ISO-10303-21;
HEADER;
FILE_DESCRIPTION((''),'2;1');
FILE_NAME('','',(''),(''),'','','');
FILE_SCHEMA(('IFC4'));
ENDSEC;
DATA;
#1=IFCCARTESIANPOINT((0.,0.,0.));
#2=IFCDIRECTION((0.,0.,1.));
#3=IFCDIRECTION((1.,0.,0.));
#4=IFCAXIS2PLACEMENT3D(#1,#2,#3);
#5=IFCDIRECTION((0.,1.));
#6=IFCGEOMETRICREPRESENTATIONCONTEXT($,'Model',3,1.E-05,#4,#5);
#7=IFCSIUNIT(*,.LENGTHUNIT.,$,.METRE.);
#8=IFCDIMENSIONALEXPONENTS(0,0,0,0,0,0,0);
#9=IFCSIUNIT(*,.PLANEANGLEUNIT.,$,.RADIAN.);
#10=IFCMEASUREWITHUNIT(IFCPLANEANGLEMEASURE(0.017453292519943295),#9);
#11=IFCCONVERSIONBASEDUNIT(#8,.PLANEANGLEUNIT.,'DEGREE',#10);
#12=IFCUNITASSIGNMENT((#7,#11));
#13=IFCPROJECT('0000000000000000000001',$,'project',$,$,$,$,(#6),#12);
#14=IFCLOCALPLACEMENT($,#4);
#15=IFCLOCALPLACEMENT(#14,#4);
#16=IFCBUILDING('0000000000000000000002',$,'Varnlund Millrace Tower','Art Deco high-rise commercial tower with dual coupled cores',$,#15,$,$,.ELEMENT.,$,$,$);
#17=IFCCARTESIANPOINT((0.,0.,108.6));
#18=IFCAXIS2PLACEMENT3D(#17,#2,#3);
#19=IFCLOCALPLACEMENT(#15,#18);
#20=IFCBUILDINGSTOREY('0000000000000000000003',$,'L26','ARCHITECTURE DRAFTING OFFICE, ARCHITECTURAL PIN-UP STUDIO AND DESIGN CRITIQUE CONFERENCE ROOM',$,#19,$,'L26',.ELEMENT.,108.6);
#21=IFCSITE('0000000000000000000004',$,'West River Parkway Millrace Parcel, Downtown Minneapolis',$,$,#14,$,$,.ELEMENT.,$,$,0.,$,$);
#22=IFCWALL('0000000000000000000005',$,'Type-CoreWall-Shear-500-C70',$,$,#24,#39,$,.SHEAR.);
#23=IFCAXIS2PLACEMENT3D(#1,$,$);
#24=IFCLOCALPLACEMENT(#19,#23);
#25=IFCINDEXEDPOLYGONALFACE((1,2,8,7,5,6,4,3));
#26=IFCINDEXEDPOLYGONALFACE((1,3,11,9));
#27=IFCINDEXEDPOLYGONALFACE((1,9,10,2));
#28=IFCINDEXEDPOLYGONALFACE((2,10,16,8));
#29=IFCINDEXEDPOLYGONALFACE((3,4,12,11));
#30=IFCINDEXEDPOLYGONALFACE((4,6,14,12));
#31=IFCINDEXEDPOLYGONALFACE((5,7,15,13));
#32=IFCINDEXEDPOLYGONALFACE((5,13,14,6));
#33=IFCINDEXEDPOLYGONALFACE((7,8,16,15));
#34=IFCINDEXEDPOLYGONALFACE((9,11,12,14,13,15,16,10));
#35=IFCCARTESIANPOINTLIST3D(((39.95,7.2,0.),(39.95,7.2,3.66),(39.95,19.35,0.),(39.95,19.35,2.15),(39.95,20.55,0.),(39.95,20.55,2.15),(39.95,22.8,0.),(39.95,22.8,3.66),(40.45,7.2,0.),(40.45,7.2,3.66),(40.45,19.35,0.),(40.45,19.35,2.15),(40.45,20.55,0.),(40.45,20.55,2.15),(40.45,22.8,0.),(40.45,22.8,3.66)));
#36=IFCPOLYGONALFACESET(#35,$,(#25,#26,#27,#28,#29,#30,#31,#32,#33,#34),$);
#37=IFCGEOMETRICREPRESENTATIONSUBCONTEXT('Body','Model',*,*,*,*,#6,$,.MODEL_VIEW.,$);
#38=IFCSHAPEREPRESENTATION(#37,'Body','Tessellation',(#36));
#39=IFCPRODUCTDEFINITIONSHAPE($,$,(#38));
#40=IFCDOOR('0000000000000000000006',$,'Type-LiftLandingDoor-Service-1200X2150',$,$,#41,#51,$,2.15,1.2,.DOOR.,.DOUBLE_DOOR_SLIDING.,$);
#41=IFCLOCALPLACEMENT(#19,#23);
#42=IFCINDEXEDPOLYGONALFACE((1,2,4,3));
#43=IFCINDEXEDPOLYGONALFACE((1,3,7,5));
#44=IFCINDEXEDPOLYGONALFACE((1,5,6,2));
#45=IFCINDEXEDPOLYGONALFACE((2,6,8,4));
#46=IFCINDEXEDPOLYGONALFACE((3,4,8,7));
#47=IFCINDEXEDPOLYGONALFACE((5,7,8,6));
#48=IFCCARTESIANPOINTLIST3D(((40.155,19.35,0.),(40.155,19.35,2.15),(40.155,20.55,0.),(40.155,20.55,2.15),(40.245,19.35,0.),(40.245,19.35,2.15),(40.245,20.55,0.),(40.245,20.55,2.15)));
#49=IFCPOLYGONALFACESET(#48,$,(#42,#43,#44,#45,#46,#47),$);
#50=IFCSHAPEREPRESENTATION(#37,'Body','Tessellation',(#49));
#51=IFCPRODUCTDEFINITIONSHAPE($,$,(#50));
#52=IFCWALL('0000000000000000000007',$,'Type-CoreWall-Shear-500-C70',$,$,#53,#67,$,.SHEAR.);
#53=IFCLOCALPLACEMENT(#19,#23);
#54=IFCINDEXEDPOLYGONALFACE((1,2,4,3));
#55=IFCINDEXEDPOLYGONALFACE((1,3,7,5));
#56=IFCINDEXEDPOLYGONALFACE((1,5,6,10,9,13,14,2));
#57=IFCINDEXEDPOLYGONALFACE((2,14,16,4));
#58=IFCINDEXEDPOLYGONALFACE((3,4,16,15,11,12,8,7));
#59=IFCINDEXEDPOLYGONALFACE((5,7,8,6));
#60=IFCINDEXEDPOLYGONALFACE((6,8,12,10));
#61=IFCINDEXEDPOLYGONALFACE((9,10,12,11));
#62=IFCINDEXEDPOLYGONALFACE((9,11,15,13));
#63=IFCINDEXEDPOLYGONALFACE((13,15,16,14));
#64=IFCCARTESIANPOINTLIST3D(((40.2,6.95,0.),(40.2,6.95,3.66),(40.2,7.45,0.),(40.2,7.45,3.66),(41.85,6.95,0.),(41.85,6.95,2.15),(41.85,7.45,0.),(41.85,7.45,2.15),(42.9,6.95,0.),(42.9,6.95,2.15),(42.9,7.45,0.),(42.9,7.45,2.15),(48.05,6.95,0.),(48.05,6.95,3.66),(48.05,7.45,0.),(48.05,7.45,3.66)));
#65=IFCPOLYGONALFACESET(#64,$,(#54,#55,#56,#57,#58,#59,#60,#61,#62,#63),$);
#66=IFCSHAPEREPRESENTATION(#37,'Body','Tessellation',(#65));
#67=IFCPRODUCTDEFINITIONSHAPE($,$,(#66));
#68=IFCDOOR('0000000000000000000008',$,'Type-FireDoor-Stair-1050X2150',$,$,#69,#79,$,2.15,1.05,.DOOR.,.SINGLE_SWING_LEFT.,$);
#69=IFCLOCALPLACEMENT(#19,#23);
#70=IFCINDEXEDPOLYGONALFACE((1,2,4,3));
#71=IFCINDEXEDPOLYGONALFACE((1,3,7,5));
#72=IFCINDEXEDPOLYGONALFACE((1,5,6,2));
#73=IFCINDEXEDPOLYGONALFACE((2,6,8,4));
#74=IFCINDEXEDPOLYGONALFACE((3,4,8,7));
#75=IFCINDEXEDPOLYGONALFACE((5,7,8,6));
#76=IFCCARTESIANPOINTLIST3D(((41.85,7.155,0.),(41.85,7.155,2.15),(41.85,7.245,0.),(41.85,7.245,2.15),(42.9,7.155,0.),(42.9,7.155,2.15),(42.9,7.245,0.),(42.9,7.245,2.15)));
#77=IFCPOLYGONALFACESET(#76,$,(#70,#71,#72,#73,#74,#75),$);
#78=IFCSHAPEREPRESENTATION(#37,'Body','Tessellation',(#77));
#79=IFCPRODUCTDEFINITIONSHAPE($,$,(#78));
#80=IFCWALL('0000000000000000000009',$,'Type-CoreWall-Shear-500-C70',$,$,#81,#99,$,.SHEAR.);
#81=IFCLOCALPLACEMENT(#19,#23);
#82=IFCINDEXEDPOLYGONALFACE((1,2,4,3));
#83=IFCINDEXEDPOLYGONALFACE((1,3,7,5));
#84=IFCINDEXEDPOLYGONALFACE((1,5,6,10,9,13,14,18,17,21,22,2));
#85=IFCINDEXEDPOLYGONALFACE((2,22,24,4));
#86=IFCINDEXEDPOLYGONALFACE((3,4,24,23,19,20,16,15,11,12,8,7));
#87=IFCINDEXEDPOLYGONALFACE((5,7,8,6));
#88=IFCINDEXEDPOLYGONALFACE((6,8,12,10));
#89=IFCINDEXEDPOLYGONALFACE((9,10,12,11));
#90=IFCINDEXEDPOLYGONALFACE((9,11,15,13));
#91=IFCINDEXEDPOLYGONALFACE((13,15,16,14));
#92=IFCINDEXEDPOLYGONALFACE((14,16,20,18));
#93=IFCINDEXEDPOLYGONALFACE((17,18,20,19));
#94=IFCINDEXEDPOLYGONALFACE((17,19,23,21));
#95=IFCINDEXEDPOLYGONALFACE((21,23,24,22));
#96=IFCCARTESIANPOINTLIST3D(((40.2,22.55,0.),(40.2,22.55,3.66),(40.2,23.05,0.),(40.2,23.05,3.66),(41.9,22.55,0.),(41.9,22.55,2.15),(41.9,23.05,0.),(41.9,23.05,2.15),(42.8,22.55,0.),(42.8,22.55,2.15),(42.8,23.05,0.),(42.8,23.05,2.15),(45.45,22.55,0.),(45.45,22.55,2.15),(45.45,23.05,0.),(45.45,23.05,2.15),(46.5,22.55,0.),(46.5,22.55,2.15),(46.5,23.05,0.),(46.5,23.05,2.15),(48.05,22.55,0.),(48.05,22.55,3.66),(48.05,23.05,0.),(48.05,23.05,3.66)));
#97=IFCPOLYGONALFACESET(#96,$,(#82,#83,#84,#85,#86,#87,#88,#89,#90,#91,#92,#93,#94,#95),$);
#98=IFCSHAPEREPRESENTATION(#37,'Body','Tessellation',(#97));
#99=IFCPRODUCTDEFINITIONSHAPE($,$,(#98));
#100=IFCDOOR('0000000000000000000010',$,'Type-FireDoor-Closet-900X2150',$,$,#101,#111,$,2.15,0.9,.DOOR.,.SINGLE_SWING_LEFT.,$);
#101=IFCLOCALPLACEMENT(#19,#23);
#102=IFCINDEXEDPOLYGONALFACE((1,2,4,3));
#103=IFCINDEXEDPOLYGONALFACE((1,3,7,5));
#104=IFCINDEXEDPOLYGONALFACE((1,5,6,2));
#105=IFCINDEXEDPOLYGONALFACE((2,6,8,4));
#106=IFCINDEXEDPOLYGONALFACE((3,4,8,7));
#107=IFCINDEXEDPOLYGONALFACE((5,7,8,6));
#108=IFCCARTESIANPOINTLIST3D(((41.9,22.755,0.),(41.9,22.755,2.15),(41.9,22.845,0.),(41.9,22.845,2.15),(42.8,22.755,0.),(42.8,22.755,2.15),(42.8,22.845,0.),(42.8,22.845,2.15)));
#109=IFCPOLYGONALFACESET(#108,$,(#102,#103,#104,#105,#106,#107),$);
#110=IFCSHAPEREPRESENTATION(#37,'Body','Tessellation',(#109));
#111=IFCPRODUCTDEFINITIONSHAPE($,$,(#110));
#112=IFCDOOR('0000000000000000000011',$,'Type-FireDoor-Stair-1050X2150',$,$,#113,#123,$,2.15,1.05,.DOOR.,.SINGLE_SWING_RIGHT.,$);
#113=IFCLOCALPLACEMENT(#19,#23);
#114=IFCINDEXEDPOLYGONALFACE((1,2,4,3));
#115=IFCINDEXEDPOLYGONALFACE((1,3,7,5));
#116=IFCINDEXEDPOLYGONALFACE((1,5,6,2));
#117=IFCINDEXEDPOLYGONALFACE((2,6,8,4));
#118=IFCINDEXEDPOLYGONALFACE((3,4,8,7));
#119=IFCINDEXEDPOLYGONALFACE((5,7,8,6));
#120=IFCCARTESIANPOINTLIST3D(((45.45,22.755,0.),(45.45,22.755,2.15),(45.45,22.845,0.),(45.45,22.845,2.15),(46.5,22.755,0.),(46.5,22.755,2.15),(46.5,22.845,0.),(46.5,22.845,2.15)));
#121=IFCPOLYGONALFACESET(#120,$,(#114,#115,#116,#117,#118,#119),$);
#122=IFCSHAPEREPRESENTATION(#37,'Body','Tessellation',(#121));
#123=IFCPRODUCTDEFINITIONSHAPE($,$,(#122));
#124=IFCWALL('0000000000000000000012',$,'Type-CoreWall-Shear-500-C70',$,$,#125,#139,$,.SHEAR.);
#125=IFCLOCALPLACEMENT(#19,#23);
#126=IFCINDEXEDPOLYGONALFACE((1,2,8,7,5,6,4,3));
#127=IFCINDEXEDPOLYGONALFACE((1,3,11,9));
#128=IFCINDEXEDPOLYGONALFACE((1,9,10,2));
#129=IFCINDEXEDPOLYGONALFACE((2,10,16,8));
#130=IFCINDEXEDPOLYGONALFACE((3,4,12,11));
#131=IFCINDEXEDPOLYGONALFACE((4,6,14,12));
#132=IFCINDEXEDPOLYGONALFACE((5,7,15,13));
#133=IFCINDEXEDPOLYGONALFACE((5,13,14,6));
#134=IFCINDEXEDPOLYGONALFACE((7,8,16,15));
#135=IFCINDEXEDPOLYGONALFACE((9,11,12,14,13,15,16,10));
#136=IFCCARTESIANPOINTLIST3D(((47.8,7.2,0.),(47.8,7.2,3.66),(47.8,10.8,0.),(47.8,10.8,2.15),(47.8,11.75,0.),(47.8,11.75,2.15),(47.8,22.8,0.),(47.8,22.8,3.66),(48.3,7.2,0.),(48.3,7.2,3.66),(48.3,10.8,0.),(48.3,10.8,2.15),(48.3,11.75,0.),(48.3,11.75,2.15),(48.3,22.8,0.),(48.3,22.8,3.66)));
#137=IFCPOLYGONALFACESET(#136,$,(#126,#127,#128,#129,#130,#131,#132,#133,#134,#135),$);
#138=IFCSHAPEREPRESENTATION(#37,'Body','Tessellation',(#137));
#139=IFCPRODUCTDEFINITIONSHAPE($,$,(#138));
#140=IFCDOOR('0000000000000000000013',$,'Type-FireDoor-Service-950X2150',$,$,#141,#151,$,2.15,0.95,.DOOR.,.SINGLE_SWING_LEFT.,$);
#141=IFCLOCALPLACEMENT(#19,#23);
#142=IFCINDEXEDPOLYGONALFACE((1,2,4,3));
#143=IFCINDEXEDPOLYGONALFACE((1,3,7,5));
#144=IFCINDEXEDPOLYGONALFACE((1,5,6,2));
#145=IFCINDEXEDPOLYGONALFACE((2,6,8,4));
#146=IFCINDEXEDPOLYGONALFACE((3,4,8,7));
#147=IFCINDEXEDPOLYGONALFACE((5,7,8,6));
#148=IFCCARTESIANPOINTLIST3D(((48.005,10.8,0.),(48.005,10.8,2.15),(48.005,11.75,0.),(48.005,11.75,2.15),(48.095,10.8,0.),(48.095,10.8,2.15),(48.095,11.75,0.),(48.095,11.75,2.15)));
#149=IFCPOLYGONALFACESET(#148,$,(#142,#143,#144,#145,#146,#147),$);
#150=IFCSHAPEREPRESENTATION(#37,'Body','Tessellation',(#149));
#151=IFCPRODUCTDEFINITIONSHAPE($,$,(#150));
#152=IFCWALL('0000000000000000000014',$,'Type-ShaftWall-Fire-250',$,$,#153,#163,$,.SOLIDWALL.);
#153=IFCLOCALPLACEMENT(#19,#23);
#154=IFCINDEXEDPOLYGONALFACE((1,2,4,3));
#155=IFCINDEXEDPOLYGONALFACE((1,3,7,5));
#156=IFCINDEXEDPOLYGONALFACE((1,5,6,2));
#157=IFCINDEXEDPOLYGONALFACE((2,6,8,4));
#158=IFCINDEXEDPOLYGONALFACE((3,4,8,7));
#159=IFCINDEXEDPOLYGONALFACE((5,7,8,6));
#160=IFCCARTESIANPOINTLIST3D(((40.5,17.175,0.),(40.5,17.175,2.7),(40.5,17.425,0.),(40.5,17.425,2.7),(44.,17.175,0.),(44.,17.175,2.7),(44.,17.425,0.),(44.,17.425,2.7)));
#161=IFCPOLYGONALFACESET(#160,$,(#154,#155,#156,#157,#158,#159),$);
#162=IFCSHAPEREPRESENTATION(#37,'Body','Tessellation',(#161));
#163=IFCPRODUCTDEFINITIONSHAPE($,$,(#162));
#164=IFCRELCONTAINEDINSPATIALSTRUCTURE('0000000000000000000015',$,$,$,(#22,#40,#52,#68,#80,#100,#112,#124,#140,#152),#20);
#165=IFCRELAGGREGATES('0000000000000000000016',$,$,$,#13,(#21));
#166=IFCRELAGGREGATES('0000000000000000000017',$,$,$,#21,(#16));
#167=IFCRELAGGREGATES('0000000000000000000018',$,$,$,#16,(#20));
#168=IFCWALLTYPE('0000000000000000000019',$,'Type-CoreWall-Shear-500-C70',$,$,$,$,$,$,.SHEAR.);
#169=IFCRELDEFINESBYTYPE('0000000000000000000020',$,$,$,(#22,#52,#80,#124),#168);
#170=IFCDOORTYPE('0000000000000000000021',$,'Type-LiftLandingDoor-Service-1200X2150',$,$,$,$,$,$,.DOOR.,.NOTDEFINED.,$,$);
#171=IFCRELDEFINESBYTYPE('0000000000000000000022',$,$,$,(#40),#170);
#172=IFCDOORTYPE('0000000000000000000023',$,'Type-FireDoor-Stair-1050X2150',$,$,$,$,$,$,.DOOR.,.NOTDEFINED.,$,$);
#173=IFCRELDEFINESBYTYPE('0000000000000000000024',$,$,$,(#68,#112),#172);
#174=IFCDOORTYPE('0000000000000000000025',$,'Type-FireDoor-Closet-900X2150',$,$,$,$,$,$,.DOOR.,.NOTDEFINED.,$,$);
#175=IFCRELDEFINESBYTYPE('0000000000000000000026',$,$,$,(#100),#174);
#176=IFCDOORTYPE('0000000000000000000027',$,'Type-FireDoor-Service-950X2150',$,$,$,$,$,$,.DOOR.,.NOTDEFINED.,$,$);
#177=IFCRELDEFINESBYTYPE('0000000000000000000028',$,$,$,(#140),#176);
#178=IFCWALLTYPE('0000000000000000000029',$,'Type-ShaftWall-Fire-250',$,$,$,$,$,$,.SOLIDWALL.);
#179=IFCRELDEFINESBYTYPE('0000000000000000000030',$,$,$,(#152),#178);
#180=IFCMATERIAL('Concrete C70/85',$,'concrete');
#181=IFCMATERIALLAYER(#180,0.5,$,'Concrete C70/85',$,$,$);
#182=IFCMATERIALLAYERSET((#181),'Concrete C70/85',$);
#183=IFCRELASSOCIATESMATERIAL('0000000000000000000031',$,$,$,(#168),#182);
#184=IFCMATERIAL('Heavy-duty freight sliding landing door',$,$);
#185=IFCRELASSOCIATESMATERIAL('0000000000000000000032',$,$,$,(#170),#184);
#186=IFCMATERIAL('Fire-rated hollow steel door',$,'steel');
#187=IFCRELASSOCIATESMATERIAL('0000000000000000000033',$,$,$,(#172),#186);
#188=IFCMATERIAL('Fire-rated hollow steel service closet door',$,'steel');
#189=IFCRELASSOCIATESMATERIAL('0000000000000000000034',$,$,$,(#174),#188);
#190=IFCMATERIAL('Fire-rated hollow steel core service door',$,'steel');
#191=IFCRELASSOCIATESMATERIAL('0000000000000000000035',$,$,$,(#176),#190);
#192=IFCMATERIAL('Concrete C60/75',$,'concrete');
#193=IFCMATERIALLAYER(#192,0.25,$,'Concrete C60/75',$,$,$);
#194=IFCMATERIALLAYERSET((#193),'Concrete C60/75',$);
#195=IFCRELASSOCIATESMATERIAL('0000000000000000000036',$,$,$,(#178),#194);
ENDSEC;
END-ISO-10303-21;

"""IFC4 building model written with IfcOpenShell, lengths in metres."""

from ifc_helpers import new_model, entity, si_unit, converted_unit, direction, frame, origin_with_axes, origin_2d_with_axis, place, context, subcontext, project, spatial, polyline, rectangle, outline, extrude, material, layer, layer_set, type_object, element, fill, save


model = new_model("IFC4")

# Units and contexts
model_context = context("Model", 3, precision=1e-05, world=origin_with_axes(), true_north=direction((0.0, 1.0)))
body_context = subcontext(model_context, "Body", "Model", "MODEL_VIEW")
ifc_project = project(units=[si_unit("LENGTHUNIT", "METRE"), converted_unit("PLANEANGLEUNIT", "DEGREE", entity("IfcPlaneAngleMeasure", 0.017453292519943295), si_unit("PLANEANGLEUNIT", "RADIAN"), dimensions=[0, 0, 0, 0, 0, 0, 0])], contexts=[model_context])

# Site, building, storey
site_placement = place(None, origin_with_axes())
site = spatial("IfcSite", under=ifc_project, at=site_placement, Name="West River Parkway Millrace Parcel, Downtown Minneapolis", CompositionType="ELEMENT", RefElevation=0.0)
building_placement = place(site_placement, origin_with_axes())
building = spatial("IfcBuilding", under=site, at=building_placement, Name="Varnlund Millrace Tower", Description="Art Deco high-rise commercial tower with dual coupled cores", CompositionType="ELEMENT")
storey_placement = place(building_placement, frame((0.0, 0.0, 108.6), z_axis=(0.0, 0.0, 1.0), x_axis=(1.0, 0.0, 0.0)))
storey = spatial("IfcBuildingStorey", under=building, at=storey_placement, Name="L26", Description="ARCHITECTURE DRAFTING OFFICE, ARCHITECTURAL PIN-UP STUDIO AND DESIGN CRITIQUE CONFERENCE ROOM", LongName="L26", CompositionType="ELEMENT", Elevation=108.6)

# Walls, openings, doors
ifc_material_1 = material(Name="Concrete C70/85", Category="concrete")
ifc_layer_1 = layer(ifc_material_1, 0.5, Name="Concrete C70/85")
ifc_layer_set_1 = layer_set([ifc_layer_1], Name="Concrete C70/85")
wall_type_1 = type_object("IfcWallType", Name="Type-CoreWall-Shear-500-C70", PredefinedType="SHEAR", material=ifc_layer_set_1)
wall_1_placement = place(storey_placement, frame((40.2, 7.2, 0.0), z_axis=(0.0, 0.0, 1.0), x_axis=(0.0, 1.0, 0.0)))
wall_1 = element("IfcWall", 1, at=wall_1_placement, inside=storey, type_object=wall_type_1, Name="Type-CoreWall-Shear-500-C70", PredefinedType="SHEAR", context=body_context, shape_type="SweptSolid", body=[
    extrude(outline(polyline([(0.0, -0.25), (15.6, -0.25), (15.6, 0.25), (0.0, 0.25), (0.0, -0.25)])), origin_with_axes(), (0.0, 0.0, 1.0), 3.66),
])
opening_1_placement = place(wall_1_placement, frame((12.75, 0.0, 0.0), z_axis=(0.0, 0.0, 1.0), x_axis=(1.0, 0.0, 0.0)))
opening_1 = element("IfcOpeningElement", 2, at=opening_1_placement, cuts=wall_1, PredefinedType="OPENING", context=body_context, shape_type="SweptSolid", body=[
    extrude(rectangle(XDim=1.2, YDim=0.52, at=origin_2d_with_axis()), origin_with_axes(), (0.0, 0.0, 1.0), 2.15),
])
ifc_material_2 = material(Name="Heavy-duty freight sliding landing door")
door_type_1 = type_object("IfcDoorType", Name="Type-LiftLandingDoor-Service-1200X2150", OperationType="NOTDEFINED", PredefinedType="DOOR", material=ifc_material_2)
door_1_placement = place(wall_1_placement, frame((12.75, 0.0, 0.0), z_axis=(0.0, 0.0, 1.0), x_axis=(1.0, 0.0, 0.0)))
door_1 = element("IfcDoor", 3, at=door_1_placement, inside=storey, type_object=door_type_1, Name="Type-LiftLandingDoor-Service-1200X2150", OperationType="DOUBLE_DOOR_SLIDING", OverallHeight=2.15, OverallWidth=1.2, PredefinedType="DOOR", context=body_context, shape_type="SweptSolid", body=[
    extrude(rectangle(XDim=1.2, YDim=0.09, at=origin_2d_with_axis()), origin_with_axes(), (0.0, 0.0, 1.0), 2.15),
])
fill(opening_1, door_1)
wall_2_placement = place(storey_placement, frame((40.2, 7.2, 0.0), z_axis=(0.0, 0.0, 1.0), x_axis=(1.0, 0.0, 0.0)))
wall_2 = element("IfcWall", 4, at=wall_2_placement, inside=storey, type_object=wall_type_1, Name="Type-CoreWall-Shear-500-C70", PredefinedType="SHEAR", context=body_context, shape_type="SweptSolid", body=[
    extrude(outline(polyline([(0.0, -0.25), (7.85, -0.25), (7.85, 0.25), (0.0, 0.25), (0.0, -0.25)])), origin_with_axes(), (0.0, 0.0, 1.0), 3.66),
])
opening_2_placement = place(wall_2_placement, frame((2.175, 0.0, 0.0), z_axis=(0.0, 0.0, 1.0), x_axis=(1.0, 0.0, 0.0)))
opening_2 = element("IfcOpeningElement", 5, at=opening_2_placement, cuts=wall_2, PredefinedType="OPENING", context=body_context, shape_type="SweptSolid", body=[
    extrude(rectangle(XDim=1.05, YDim=0.52, at=origin_2d_with_axis()), origin_with_axes(), (0.0, 0.0, 1.0), 2.15),
])
ifc_material_3 = material(Name="Fire-rated hollow steel door", Category="steel")
door_type_2 = type_object("IfcDoorType", Name="Type-FireDoor-Stair-1050X2150", OperationType="NOTDEFINED", PredefinedType="DOOR", material=ifc_material_3)
door_2_placement = place(wall_2_placement, frame((2.175, 0.0, 0.0), z_axis=(0.0, 0.0, 1.0), x_axis=(1.0, 0.0, 0.0)))
door_2 = element("IfcDoor", 6, at=door_2_placement, inside=storey, type_object=door_type_2, Name="Type-FireDoor-Stair-1050X2150", OperationType="SINGLE_SWING_LEFT", OverallHeight=2.15, OverallWidth=1.05, PredefinedType="DOOR", context=body_context, shape_type="SweptSolid", body=[
    extrude(rectangle(XDim=1.05, YDim=0.09, at=origin_2d_with_axis()), origin_with_axes(), (0.0, 0.0, 1.0), 2.15),
])
fill(opening_2, door_2)

# Wall, openings, doors
wall_3_placement = place(storey_placement, frame((40.2, 22.8, 0.0), z_axis=(0.0, 0.0, 1.0), x_axis=(1.0, 0.0, 0.0)))
wall_3 = element("IfcWall", 7, at=wall_3_placement, inside=storey, type_object=wall_type_1, Name="Type-CoreWall-Shear-500-C70", PredefinedType="SHEAR", context=body_context, shape_type="SweptSolid", body=[
    extrude(outline(polyline([(0.0, -0.25), (7.85, -0.25), (7.85, 0.25), (0.0, 0.25), (0.0, -0.25)])), origin_with_axes(), (0.0, 0.0, 1.0), 3.66),
])
opening_3_placement = place(wall_3_placement, frame((5.775, 0.0, 0.0), z_axis=(0.0, 0.0, 1.0), x_axis=(1.0, 0.0, 0.0)))
opening_3 = element("IfcOpeningElement", 8, at=opening_3_placement, cuts=wall_3, PredefinedType="OPENING", context=body_context, shape_type="SweptSolid", body=[
    extrude(rectangle(XDim=1.05, YDim=0.52, at=origin_2d_with_axis()), origin_with_axes(), (0.0, 0.0, 1.0), 2.15),
])
opening_4_placement = place(wall_3_placement, frame((2.15, 0.0, 0.0), z_axis=(0.0, 0.0, 1.0), x_axis=(1.0, 0.0, 0.0)))
opening_4 = element("IfcOpeningElement", 9, at=opening_4_placement, cuts=wall_3, PredefinedType="OPENING", context=body_context, shape_type="SweptSolid", body=[
    extrude(rectangle(XDim=0.9, YDim=0.52, at=origin_2d_with_axis()), origin_with_axes(), (0.0, 0.0, 1.0), 2.15),
])
ifc_material_4 = material(Name="Fire-rated hollow steel service closet door", Category="steel")
door_type_3 = type_object("IfcDoorType", Name="Type-FireDoor-Closet-900X2150", OperationType="NOTDEFINED", PredefinedType="DOOR", material=ifc_material_4)
door_3_placement = place(wall_3_placement, frame((2.15, 0.0, 0.0), z_axis=(0.0, 0.0, 1.0), x_axis=(1.0, 0.0, 0.0)))
door_3 = element("IfcDoor", 10, at=door_3_placement, inside=storey, type_object=door_type_3, Name="Type-FireDoor-Closet-900X2150", OperationType="SINGLE_SWING_LEFT", OverallHeight=2.15, OverallWidth=0.9, PredefinedType="DOOR", context=body_context, shape_type="SweptSolid", body=[
    extrude(rectangle(XDim=0.9, YDim=0.09, at=origin_2d_with_axis()), origin_with_axes(), (0.0, 0.0, 1.0), 2.15),
])
fill(opening_4, door_3)
door_4_placement = place(wall_3_placement, frame((5.775, 0.0, 0.0), z_axis=(0.0, 0.0, 1.0), x_axis=(1.0, 0.0, 0.0)))
door_4 = element("IfcDoor", 11, at=door_4_placement, inside=storey, type_object=door_type_2, Name="Type-FireDoor-Stair-1050X2150", OperationType="SINGLE_SWING_RIGHT", OverallHeight=2.15, OverallWidth=1.05, PredefinedType="DOOR", context=body_context, shape_type="SweptSolid", body=[
    extrude(rectangle(XDim=1.05, YDim=0.09, at=origin_2d_with_axis()), origin_with_axes(), (0.0, 0.0, 1.0), 2.15),
])
fill(opening_3, door_4)

# Wall, opening, door
wall_4_placement = place(storey_placement, frame((48.05, 7.2, 0.0), z_axis=(0.0, 0.0, 1.0), x_axis=(0.0, 1.0, 0.0)))
wall_4 = element("IfcWall", 12, at=wall_4_placement, inside=storey, type_object=wall_type_1, Name="Type-CoreWall-Shear-500-C70", PredefinedType="SHEAR", context=body_context, shape_type="SweptSolid", body=[
    extrude(outline(polyline([(0.0, -0.25), (15.6, -0.25), (15.6, 0.25), (0.0, 0.25), (0.0, -0.25)])), origin_with_axes(), (0.0, 0.0, 1.0), 3.66),
])
opening_5_placement = place(wall_4_placement, frame((4.075, 0.0, 0.0), z_axis=(0.0, 0.0, 1.0), x_axis=(1.0, 0.0, 0.0)))
opening_5 = element("IfcOpeningElement", 13, at=opening_5_placement, cuts=wall_4, PredefinedType="OPENING", context=body_context, shape_type="SweptSolid", body=[
    extrude(rectangle(XDim=0.95, YDim=0.52, at=origin_2d_with_axis()), origin_with_axes(), (0.0, 0.0, 1.0), 2.15),
])
ifc_material_5 = material(Name="Fire-rated hollow steel core service door", Category="steel")
door_type_4 = type_object("IfcDoorType", Name="Type-FireDoor-Service-950X2150", OperationType="NOTDEFINED", PredefinedType="DOOR", material=ifc_material_5)
door_5_placement = place(wall_4_placement, frame((4.075, 0.0, 0.0), z_axis=(0.0, 0.0, 1.0), x_axis=(1.0, 0.0, 0.0)))
door_5 = element("IfcDoor", 14, at=door_5_placement, inside=storey, type_object=door_type_4, Name="Type-FireDoor-Service-950X2150", OperationType="SINGLE_SWING_LEFT", OverallHeight=2.15, OverallWidth=0.95, PredefinedType="DOOR", context=body_context, shape_type="SweptSolid", body=[
    extrude(rectangle(XDim=0.95, YDim=0.09, at=origin_2d_with_axis()), origin_with_axes(), (0.0, 0.0, 1.0), 2.15),
])
fill(opening_5, door_5)

# Wall
ifc_material_6 = material(Name="Concrete C60/75", Category="concrete")
ifc_layer_2 = layer(ifc_material_6, 0.25, Name="Concrete C60/75")
ifc_layer_set_2 = layer_set([ifc_layer_2], Name="Concrete C60/75")
wall_type_2 = type_object("IfcWallType", Name="Type-ShaftWall-Fire-250", PredefinedType="SOLIDWALL", material=ifc_layer_set_2)
for number, where, z_axis, x_axis, name in (
    (15, (40.5, 17.3, 0.0), (0.0, 0.0, 1.0), (1.0, 0.0, 0.0), "Type-ShaftWall-Fire-250"),
):
    element("IfcWall", number, at=place(storey_placement, frame(where, z_axis=z_axis, x_axis=x_axis)), inside=storey, type_object=wall_type_2, Name=name, PredefinedType="SOLIDWALL", context=body_context, shape_type="SweptSolid", body=[
        extrude(outline(polyline([(0.0, -0.125), (3.5, -0.125), (3.5, 0.125), (0.0, 0.125), (0.0, -0.125)])), origin_with_axes(), (0.0, 0.0, 1.0), 2.7),
    ])

save(model, "model.ifc")
